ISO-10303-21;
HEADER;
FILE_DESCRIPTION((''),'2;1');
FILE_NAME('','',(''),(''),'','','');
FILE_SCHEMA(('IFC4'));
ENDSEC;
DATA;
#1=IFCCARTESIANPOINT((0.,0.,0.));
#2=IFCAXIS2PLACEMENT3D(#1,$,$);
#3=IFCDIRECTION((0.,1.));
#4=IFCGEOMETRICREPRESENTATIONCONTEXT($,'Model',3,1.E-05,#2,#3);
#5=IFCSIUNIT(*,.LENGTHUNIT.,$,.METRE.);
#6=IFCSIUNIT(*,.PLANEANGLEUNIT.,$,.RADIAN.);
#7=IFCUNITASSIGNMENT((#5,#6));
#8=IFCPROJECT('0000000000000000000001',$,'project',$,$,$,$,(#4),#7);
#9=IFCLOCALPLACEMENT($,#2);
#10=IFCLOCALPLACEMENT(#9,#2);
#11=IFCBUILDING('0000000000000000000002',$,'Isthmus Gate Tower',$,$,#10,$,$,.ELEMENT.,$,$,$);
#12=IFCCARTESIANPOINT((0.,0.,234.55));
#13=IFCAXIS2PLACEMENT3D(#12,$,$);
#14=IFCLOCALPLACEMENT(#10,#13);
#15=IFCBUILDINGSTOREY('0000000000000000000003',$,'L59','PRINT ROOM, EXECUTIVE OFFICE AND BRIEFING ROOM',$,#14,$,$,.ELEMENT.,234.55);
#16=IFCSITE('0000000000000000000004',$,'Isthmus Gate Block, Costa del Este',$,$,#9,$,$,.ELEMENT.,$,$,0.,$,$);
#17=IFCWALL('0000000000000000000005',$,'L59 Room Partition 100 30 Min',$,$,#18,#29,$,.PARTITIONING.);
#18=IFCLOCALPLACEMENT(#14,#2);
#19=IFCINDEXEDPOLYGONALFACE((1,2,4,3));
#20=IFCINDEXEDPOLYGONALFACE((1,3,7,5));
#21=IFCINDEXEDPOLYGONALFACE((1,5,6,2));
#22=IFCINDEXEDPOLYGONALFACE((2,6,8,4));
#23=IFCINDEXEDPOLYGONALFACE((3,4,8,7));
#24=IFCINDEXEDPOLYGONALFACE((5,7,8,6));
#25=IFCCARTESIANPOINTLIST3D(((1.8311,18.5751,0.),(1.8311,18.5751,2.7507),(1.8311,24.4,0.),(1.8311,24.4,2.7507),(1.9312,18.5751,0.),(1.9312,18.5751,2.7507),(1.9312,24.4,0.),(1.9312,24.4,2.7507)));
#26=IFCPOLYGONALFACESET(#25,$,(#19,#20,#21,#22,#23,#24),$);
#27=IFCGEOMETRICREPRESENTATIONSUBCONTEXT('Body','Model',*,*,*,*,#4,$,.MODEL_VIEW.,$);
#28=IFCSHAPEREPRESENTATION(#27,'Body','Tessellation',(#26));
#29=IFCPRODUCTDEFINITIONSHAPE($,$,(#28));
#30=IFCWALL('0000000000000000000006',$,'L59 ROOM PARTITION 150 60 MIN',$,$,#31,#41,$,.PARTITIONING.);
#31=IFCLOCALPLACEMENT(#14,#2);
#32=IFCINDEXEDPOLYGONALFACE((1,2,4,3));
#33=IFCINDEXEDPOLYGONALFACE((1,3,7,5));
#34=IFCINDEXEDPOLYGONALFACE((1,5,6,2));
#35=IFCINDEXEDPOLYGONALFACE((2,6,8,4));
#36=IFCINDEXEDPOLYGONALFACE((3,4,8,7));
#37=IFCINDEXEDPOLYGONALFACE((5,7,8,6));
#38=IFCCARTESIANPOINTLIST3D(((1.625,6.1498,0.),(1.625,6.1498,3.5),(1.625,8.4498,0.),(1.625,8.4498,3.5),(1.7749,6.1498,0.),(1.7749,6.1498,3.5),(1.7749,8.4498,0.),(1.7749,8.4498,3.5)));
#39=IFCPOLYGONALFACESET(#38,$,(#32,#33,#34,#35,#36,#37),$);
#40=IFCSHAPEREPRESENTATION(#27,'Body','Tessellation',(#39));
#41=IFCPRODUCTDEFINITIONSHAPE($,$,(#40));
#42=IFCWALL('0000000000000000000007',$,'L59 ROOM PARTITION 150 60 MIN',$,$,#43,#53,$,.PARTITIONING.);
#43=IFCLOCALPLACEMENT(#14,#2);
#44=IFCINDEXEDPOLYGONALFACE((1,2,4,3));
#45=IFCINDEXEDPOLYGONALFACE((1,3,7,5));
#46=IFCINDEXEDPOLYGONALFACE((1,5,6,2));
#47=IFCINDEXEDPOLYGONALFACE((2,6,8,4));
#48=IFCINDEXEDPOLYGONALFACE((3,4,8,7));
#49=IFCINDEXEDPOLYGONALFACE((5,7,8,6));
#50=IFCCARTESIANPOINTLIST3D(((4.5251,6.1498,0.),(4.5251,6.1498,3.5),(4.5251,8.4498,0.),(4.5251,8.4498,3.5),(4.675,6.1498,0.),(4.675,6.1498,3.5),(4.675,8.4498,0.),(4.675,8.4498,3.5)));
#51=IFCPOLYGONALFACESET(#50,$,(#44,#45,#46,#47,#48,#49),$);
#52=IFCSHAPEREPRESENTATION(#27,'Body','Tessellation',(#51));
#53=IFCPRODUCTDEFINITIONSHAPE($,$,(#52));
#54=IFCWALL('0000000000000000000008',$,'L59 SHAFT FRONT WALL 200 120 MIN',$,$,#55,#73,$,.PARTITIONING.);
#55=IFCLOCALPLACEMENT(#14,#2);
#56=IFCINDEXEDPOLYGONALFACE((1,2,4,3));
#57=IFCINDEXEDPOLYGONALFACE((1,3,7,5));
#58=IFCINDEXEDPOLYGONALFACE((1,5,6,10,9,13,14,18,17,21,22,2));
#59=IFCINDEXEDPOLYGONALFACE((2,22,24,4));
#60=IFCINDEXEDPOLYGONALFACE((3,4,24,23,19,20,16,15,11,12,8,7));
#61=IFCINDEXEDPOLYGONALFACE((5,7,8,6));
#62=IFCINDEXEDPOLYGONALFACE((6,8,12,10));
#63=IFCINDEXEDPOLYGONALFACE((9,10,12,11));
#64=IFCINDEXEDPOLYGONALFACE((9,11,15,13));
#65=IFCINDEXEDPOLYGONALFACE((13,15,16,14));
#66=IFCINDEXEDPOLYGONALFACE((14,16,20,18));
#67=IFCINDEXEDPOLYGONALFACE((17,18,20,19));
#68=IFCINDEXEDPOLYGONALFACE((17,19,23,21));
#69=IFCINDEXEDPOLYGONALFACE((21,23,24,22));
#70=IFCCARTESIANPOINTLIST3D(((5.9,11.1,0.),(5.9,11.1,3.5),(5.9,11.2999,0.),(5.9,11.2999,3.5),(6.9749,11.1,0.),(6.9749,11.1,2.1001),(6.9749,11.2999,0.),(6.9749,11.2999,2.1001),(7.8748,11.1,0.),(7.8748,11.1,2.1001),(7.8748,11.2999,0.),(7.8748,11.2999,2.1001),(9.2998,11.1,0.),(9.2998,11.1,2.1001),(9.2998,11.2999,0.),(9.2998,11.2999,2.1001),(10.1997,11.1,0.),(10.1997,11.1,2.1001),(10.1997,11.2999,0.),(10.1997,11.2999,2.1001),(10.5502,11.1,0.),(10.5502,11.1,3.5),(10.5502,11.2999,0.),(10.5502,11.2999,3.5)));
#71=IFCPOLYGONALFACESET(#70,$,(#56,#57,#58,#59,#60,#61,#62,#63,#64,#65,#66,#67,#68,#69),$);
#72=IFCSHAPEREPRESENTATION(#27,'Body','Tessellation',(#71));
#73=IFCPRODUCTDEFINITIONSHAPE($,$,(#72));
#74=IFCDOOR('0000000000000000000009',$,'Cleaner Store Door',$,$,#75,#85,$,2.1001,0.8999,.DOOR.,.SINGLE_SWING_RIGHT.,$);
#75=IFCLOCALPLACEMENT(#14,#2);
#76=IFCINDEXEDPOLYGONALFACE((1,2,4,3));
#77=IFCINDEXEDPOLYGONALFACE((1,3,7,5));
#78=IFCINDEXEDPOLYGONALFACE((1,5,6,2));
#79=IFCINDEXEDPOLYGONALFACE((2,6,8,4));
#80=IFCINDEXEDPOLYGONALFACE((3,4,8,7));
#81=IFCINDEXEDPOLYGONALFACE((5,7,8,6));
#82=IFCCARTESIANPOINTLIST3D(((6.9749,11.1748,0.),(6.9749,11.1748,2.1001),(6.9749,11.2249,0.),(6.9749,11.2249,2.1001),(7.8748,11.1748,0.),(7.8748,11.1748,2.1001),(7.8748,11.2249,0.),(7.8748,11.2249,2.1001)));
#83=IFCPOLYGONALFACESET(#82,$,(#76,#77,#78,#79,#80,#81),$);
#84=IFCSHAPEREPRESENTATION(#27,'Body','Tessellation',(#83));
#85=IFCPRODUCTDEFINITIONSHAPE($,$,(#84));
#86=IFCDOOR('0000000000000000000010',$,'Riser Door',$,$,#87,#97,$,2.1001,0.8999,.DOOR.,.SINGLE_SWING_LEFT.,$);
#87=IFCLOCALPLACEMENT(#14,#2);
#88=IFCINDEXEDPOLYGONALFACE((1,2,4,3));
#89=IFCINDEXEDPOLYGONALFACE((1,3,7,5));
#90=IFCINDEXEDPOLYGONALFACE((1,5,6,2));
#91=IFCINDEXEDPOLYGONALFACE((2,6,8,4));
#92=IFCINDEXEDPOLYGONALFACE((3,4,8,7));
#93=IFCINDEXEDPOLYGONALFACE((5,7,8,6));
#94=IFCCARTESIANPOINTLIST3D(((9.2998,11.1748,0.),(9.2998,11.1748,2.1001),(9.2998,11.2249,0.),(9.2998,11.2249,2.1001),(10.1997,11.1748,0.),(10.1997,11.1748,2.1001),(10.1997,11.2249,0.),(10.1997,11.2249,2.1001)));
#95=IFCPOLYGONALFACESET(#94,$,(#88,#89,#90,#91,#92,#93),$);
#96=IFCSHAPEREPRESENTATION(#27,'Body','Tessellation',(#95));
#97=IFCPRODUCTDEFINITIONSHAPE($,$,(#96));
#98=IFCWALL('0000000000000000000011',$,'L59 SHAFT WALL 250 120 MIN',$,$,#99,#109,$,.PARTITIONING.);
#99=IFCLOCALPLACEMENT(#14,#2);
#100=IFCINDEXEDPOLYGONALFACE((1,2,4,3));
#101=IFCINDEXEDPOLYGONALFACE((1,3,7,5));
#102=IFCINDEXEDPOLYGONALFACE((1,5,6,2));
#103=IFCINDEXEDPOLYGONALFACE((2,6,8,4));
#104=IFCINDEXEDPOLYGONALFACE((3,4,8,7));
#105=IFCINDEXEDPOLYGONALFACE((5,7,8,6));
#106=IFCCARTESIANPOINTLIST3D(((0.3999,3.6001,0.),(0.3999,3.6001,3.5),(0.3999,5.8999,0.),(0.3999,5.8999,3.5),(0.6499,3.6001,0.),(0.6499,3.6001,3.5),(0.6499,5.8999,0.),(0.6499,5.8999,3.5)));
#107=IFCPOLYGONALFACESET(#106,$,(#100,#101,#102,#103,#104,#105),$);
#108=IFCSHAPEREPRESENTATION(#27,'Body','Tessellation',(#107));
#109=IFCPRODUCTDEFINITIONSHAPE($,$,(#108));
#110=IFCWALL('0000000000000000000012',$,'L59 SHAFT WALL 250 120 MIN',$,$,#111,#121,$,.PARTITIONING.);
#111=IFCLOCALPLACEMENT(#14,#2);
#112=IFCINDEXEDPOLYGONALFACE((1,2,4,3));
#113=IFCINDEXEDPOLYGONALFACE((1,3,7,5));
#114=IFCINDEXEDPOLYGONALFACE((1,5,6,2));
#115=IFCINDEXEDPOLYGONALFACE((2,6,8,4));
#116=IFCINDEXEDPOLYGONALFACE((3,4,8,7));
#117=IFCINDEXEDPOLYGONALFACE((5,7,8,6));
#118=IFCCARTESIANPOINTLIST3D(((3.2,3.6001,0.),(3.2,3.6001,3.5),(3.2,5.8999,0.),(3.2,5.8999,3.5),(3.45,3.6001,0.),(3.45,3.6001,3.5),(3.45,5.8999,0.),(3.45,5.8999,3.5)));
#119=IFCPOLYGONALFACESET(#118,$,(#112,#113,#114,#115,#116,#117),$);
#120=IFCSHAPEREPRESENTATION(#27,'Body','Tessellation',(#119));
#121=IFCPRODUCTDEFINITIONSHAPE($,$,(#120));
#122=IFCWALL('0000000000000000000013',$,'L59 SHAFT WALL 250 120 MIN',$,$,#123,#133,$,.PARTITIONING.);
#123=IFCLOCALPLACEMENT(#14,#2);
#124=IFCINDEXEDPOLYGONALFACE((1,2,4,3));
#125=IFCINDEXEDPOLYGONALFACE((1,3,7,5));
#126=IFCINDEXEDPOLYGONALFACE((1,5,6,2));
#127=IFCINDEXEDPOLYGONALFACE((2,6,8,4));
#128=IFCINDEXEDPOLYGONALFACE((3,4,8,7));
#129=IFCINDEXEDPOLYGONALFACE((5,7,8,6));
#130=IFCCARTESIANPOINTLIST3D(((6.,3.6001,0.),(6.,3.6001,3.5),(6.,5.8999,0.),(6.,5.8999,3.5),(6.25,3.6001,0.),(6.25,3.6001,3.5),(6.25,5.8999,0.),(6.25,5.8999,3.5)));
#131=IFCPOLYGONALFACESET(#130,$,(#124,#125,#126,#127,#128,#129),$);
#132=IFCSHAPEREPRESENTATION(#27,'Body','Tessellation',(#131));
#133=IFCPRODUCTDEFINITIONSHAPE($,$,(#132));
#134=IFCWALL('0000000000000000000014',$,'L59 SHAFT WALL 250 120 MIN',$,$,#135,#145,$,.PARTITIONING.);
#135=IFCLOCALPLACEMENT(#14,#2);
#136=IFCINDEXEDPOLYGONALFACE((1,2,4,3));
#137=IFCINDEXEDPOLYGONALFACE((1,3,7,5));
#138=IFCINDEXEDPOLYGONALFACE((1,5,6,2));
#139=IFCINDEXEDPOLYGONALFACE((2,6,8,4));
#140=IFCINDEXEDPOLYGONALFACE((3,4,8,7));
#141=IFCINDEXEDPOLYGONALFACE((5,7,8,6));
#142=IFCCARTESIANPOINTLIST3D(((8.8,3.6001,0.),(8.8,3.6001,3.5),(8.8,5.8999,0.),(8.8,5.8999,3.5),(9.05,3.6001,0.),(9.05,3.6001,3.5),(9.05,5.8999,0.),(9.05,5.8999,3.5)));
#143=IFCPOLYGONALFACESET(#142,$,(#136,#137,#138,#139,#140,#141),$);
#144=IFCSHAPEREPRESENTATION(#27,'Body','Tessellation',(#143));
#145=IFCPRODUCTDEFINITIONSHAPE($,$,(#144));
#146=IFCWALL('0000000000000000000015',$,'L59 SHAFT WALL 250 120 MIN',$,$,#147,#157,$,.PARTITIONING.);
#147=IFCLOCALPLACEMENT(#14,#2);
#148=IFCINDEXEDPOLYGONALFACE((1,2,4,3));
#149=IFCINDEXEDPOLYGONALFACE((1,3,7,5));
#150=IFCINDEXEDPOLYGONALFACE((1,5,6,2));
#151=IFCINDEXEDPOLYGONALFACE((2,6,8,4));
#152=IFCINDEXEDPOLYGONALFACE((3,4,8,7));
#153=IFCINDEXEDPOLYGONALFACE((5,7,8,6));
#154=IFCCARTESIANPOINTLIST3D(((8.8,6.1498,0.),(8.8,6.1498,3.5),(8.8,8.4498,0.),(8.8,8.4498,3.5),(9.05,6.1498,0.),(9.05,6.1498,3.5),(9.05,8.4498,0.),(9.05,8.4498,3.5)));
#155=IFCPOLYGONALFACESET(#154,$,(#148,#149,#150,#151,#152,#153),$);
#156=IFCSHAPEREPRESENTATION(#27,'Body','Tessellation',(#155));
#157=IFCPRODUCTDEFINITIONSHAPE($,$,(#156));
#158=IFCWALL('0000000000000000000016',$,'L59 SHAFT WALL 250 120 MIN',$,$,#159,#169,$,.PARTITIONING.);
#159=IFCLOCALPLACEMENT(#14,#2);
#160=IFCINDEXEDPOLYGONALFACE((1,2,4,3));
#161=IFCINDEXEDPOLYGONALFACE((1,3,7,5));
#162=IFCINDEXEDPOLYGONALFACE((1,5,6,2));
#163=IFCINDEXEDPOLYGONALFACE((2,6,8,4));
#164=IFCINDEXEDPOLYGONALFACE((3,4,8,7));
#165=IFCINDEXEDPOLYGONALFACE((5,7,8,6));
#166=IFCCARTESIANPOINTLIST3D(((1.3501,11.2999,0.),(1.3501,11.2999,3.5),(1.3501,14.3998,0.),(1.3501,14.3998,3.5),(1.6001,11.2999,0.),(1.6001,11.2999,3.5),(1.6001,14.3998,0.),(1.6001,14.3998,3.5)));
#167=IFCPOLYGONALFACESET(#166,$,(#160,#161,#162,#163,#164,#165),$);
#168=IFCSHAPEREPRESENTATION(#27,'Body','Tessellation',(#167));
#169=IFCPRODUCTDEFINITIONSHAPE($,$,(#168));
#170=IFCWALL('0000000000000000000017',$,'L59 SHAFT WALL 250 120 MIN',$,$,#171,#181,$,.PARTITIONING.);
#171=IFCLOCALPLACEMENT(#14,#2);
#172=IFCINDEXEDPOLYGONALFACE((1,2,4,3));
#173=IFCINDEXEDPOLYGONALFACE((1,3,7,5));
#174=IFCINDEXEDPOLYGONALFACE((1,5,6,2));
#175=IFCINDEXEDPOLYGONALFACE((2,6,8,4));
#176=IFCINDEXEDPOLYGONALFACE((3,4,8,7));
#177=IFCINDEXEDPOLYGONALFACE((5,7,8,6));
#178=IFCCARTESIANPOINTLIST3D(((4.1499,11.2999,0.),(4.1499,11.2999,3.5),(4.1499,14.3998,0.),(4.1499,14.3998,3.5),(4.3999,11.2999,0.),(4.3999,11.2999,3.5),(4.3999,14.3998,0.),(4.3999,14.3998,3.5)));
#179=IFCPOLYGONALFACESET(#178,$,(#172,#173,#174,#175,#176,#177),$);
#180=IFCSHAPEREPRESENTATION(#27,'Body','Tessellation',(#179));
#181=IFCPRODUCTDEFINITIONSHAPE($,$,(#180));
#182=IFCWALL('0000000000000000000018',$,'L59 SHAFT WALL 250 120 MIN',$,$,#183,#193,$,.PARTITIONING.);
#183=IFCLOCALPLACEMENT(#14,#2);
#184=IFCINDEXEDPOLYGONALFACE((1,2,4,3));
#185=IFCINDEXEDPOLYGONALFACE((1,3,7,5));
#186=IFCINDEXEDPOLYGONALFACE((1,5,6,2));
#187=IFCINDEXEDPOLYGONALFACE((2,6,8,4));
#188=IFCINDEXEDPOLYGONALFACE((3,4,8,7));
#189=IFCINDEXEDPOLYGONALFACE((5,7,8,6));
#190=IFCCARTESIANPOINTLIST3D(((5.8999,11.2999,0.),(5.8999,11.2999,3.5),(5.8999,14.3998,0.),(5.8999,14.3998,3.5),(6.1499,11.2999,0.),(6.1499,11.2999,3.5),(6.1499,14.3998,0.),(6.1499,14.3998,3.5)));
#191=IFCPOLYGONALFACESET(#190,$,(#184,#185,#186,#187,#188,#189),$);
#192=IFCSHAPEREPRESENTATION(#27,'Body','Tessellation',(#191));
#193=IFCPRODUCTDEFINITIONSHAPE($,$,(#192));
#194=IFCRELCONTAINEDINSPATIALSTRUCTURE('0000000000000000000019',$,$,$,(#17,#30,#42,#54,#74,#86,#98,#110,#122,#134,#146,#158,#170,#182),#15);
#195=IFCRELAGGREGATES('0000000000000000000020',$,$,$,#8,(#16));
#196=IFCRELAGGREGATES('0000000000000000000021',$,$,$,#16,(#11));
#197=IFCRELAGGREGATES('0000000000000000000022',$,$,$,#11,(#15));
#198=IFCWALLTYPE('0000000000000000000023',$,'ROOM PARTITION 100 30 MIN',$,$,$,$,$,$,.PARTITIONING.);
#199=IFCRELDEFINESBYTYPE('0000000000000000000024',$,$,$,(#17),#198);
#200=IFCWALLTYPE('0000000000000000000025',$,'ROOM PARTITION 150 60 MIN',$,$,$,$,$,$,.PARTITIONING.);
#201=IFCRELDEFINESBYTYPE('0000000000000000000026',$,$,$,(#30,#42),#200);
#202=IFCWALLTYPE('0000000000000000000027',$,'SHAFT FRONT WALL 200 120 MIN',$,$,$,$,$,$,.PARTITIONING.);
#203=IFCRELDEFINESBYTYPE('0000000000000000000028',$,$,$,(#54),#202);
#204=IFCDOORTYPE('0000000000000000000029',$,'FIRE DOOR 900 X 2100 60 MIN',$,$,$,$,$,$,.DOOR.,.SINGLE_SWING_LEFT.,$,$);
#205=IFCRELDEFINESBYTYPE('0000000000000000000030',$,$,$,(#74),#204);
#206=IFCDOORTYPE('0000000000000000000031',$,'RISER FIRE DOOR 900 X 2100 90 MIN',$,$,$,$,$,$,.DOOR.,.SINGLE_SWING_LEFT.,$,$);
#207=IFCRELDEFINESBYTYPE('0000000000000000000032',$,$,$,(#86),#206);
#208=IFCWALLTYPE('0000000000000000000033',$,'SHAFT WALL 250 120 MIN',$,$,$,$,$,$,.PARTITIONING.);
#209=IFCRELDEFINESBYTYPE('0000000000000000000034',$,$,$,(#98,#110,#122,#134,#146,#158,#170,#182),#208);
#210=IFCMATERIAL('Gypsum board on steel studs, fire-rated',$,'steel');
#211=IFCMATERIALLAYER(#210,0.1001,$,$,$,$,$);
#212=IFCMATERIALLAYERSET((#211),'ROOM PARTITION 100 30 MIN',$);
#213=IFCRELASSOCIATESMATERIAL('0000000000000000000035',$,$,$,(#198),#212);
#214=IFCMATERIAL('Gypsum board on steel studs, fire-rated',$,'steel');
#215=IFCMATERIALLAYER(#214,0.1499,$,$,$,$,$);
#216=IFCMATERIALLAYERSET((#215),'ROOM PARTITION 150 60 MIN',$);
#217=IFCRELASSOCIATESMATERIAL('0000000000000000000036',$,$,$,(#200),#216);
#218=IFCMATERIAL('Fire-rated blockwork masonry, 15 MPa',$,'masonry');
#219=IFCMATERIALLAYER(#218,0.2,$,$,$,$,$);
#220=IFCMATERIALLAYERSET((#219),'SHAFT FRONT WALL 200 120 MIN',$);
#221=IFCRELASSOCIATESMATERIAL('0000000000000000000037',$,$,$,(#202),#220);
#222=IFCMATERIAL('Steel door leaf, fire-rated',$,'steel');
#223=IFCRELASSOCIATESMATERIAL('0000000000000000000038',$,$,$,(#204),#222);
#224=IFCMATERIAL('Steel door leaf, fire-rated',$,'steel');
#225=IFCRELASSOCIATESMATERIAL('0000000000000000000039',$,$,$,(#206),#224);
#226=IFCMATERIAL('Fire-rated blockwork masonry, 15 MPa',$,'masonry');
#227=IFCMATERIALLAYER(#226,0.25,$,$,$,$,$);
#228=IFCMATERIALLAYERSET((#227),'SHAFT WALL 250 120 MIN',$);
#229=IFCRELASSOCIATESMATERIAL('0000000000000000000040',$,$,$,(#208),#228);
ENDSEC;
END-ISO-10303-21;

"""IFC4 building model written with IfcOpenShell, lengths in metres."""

from ifc_helpers import new_model, si_unit, direction, frame, frame_2d, origin, place, context, subcontext, project, spatial, rectangle, extrude, material, layer, layer_set, type_object, element, fill, save


model = new_model("IFC4")

# Units and contexts
model_context = context("Model", 3, precision=1e-05, world=origin(), true_north=direction((0.0, 1.0)))
body_context = subcontext(model_context, "Body", "Model", "MODEL_VIEW")
ifc_project = project(units=[si_unit("LENGTHUNIT", "METRE"), si_unit("PLANEANGLEUNIT", "RADIAN")], contexts=[model_context])

# Site, building, storey
site_placement = place(None, origin())
site = spatial("IfcSite", under=ifc_project, at=site_placement, Name="Isthmus Gate Block, Costa del Este", CompositionType="ELEMENT", RefElevation=0.0)
building_placement = place(site_placement, origin())
building = spatial("IfcBuilding", under=site, at=building_placement, Name="Isthmus Gate Tower", CompositionType="ELEMENT")
storey_placement = place(building_placement, frame((0.0, 0.0, 234.55)))
storey = spatial("IfcBuildingStorey", under=building, at=storey_placement, Name="L59", Description="PRINT ROOM, EXECUTIVE OFFICE AND BRIEFING ROOM", CompositionType="ELEMENT", Elevation=234.55)

# Walls
ifc_material_1 = material(Name="Gypsum board on steel studs, fire-rated", Category="steel")
ifc_layer_1 = layer(ifc_material_1, 0.1001)
ifc_layer_set_1 = layer_set([ifc_layer_1], Name="ROOM PARTITION 100 30 MIN")
wall_type_1 = type_object("IfcWallType", Name="ROOM PARTITION 100 30 MIN", PredefinedType="PARTITIONING", material=ifc_layer_set_1)
wall_1_placement = place(storey_placement, frame((1.8811, 18.575, 0.0), z_axis=(0.0, 0.0, 1.0), x_axis=(0.0, 1.0, 0.0)))
element("IfcWall", 1, at=wall_1_placement, inside=storey, type_object=wall_type_1, Name="L59 Room Partition 100 30 Min", PredefinedType="PARTITIONING", context=body_context, shape_type="SweptSolid", body=[
    extrude(rectangle(XDim=5.825, YDim=0.1001, at=frame_2d((2.9126, 0.0))), origin(), (0.0, 0.0, 1.0), 2.7507),
])
ifc_material_2 = material(Name="Gypsum board on steel studs, fire-rated", Category="steel")
ifc_layer_2 = layer(ifc_material_2, 0.1499)
ifc_layer_set_2 = layer_set([ifc_layer_2], Name="ROOM PARTITION 150 60 MIN")
wall_type_2 = type_object("IfcWallType", Name="ROOM PARTITION 150 60 MIN", PredefinedType="PARTITIONING", material=ifc_layer_set_2)
for number, where, z_axis, x_axis, name in (
    (2, (1.7, 6.1499, 0.0), (0.0, 0.0, 1.0), (0.0, 1.0, 0.0), "L59 ROOM PARTITION 150 60 MIN"),
    (3, (4.6001, 6.1499, 0.0), (0.0, 0.0, 1.0), (0.0, 1.0, 0.0), "L59 ROOM PARTITION 150 60 MIN"),
):
    element("IfcWall", number, at=place(storey_placement, frame(where, z_axis=z_axis, x_axis=x_axis)), inside=storey, type_object=wall_type_2, Name=name, PredefinedType="PARTITIONING", context=body_context, shape_type="SweptSolid", body=[
        extrude(rectangle(XDim=2.3, YDim=0.1499, at=frame_2d((1.1499, 0.0))), origin(), (0.0, 0.0, 1.0), 3.5),
    ])

# Wall, openings, doors
ifc_material_3 = material(Name="Fire-rated blockwork masonry, 15 MPa", Category="masonry")
ifc_layer_3 = layer(ifc_material_3, 0.2)
ifc_layer_set_3 = layer_set([ifc_layer_3], Name="SHAFT FRONT WALL 200 120 MIN")
wall_type_3 = type_object("IfcWallType", Name="SHAFT FRONT WALL 200 120 MIN", PredefinedType="PARTITIONING", material=ifc_layer_set_3)
wall_2_placement = place(storey_placement, frame((5.8999, 11.2, 0.0), z_axis=(0.0, 0.0, 1.0), x_axis=(1.0, 0.0, 0.0)))
wall_2 = element("IfcWall", 4, at=wall_2_placement, inside=storey, type_object=wall_type_3, Name="L59 SHAFT FRONT WALL 200 120 MIN", PredefinedType="PARTITIONING", context=body_context, shape_type="SweptSolid", body=[
    extrude(rectangle(XDim=4.6501, YDim=0.2, at=frame_2d((2.3252, 0.0))), origin(), (0.0, 0.0, 1.0), 3.5),
])
opening_1_placement = place(wall_2_placement, frame((1.075, 0.0, 0.0)))
opening_1 = element("IfcOpeningElement", 5, at=opening_1_placement, cuts=wall_2, PredefinedType="OPENING", context=body_context, shape_type="SweptSolid", body=[
    extrude(rectangle(XDim=0.8999, YDim=2.1001, at=frame_2d((0.45, 1.05))), frame((0.0, 0.1099, 0.0), z_axis=(0.0, -1.0, 0.0), x_axis=(1.0, 0.0, 0.0)), (0.0, 0.0, 1.0), 0.22),
])
opening_2_placement = place(wall_2_placement, frame((3.3999, 0.0, 0.0)))
opening_2 = element("IfcOpeningElement", 6, at=opening_2_placement, cuts=wall_2, PredefinedType="OPENING", context=body_context, shape_type="SweptSolid", body=[
    extrude(rectangle(XDim=0.8999, YDim=2.1001, at=frame_2d((0.45, 1.05))), frame((0.0, 0.1099, 0.0), z_axis=(0.0, -1.0, 0.0), x_axis=(1.0, 0.0, 0.0)), (0.0, 0.0, 1.0), 0.22),
])
ifc_material_4 = material(Name="Steel door leaf, fire-rated", Category="steel")
door_type_1 = type_object("IfcDoorType", Name="FIRE DOOR 900 X 2100 60 MIN", OperationType="SINGLE_SWING_LEFT", PredefinedType="DOOR", material=ifc_material_4)
door_1_placement = place(opening_1_placement, origin())
door_1 = element("IfcDoor", 7, at=door_1_placement, inside=storey, type_object=door_type_1, Name="Cleaner Store Door", OperationType="SINGLE_SWING_RIGHT", OverallHeight=2.1001, OverallWidth=0.8999, PredefinedType="DOOR", context=body_context, shape_type="SweptSolid", body=[
    extrude(rectangle(XDim=0.8999, YDim=2.1001, at=frame_2d((0.45, 1.05))), frame((0.0, 0.0249, 0.0), z_axis=(0.0, -1.0, 0.0), x_axis=(1.0, 0.0, 0.0)), (0.0, 0.0, 1.0), 0.05),
])
fill(opening_1, door_1)
ifc_material_5 = material(Name="Steel door leaf, fire-rated", Category="steel")
door_type_2 = type_object("IfcDoorType", Name="RISER FIRE DOOR 900 X 2100 90 MIN", OperationType="SINGLE_SWING_LEFT", PredefinedType="DOOR", material=ifc_material_5)
door_2_placement = place(opening_2_placement, origin())
door_2 = element("IfcDoor", 8, at=door_2_placement, inside=storey, type_object=door_type_2, Name="Riser Door", OperationType="SINGLE_SWING_LEFT", OverallHeight=2.1001, OverallWidth=0.8999, PredefinedType="DOOR", context=body_context, shape_type="SweptSolid", body=[
    extrude(rectangle(XDim=0.8999, YDim=2.1001, at=frame_2d((0.45, 1.05))), frame((0.0, 0.0249, 0.0), z_axis=(0.0, -1.0, 0.0), x_axis=(1.0, 0.0, 0.0)), (0.0, 0.0, 1.0), 0.05),
])
fill(opening_2, door_2)

# Walls
ifc_material_6 = material(Name="Fire-rated blockwork masonry, 15 MPa", Category="masonry")
ifc_layer_4 = layer(ifc_material_6, 0.25)
ifc_layer_set_4 = layer_set([ifc_layer_4], Name="SHAFT WALL 250 120 MIN")
wall_type_4 = type_object("IfcWallType", Name="SHAFT WALL 250 120 MIN", PredefinedType="PARTITIONING", material=ifc_layer_set_4)
for number, where, z_axis, x_axis, name in (
    (9, (0.5249, 3.6001, 0.0), (0.0, 0.0, 1.0), (0.0, 1.0, 0.0), "L59 SHAFT WALL 250 120 MIN"),
    (10, (3.325, 3.6001, 0.0), (0.0, 0.0, 1.0), (0.0, 1.0, 0.0), "L59 SHAFT WALL 250 120 MIN"),
    (11, (6.125, 3.6001, 0.0), (0.0, 0.0, 1.0), (0.0, 1.0, 0.0), "L59 SHAFT WALL 250 120 MIN"),
    (12, (8.925, 3.6001, 0.0), (0.0, 0.0, 1.0), (0.0, 1.0, 0.0), "L59 SHAFT WALL 250 120 MIN"),
):
    element("IfcWall", number, at=place(storey_placement, frame(where, z_axis=z_axis, x_axis=x_axis)), inside=storey, type_object=wall_type_4, Name=name, PredefinedType="PARTITIONING", context=body_context, shape_type="SweptSolid", body=[
        extrude(rectangle(XDim=2.2998, YDim=0.25, at=frame_2d((1.1499, 0.0))), origin(), (0.0, 0.0, 1.0), 3.5),
    ])
wall_3_placement = place(storey_placement, frame((8.925, 6.1499, 0.0), z_axis=(0.0, 0.0, 1.0), x_axis=(0.0, 1.0, 0.0)))
element("IfcWall", 13, at=wall_3_placement, inside=storey, type_object=wall_type_4, Name="L59 SHAFT WALL 250 120 MIN", PredefinedType="PARTITIONING", context=body_context, shape_type="SweptSolid", body=[
    extrude(rectangle(XDim=2.3, YDim=0.25, at=frame_2d((1.1499, 0.0))), origin(), (0.0, 0.0, 1.0), 3.5),
])
for number, where, z_axis, x_axis, name in (
    (14, (1.4751, 11.3, 0.0), (0.0, 0.0, 1.0), (0.0, 1.0, 0.0), "L59 SHAFT WALL 250 120 MIN"),
    (15, (4.2749, 11.3, 0.0), (0.0, 0.0, 1.0), (0.0, 1.0, 0.0), "L59 SHAFT WALL 250 120 MIN"),
    (16, (6.0249, 11.3, 0.0), (0.0, 0.0, 1.0), (0.0, 1.0, 0.0), "L59 SHAFT WALL 250 120 MIN"),
):
    element("IfcWall", number, at=place(storey_placement, frame(where, z_axis=z_axis, x_axis=x_axis)), inside=storey, type_object=wall_type_4, Name=name, PredefinedType="PARTITIONING", context=body_context, shape_type="SweptSolid", body=[
        extrude(rectangle(XDim=3.0999, YDim=0.25, at=frame_2d((1.5498, 0.0))), origin(), (0.0, 0.0, 1.0), 3.5),
    ])

save(model, "model.ifc")
